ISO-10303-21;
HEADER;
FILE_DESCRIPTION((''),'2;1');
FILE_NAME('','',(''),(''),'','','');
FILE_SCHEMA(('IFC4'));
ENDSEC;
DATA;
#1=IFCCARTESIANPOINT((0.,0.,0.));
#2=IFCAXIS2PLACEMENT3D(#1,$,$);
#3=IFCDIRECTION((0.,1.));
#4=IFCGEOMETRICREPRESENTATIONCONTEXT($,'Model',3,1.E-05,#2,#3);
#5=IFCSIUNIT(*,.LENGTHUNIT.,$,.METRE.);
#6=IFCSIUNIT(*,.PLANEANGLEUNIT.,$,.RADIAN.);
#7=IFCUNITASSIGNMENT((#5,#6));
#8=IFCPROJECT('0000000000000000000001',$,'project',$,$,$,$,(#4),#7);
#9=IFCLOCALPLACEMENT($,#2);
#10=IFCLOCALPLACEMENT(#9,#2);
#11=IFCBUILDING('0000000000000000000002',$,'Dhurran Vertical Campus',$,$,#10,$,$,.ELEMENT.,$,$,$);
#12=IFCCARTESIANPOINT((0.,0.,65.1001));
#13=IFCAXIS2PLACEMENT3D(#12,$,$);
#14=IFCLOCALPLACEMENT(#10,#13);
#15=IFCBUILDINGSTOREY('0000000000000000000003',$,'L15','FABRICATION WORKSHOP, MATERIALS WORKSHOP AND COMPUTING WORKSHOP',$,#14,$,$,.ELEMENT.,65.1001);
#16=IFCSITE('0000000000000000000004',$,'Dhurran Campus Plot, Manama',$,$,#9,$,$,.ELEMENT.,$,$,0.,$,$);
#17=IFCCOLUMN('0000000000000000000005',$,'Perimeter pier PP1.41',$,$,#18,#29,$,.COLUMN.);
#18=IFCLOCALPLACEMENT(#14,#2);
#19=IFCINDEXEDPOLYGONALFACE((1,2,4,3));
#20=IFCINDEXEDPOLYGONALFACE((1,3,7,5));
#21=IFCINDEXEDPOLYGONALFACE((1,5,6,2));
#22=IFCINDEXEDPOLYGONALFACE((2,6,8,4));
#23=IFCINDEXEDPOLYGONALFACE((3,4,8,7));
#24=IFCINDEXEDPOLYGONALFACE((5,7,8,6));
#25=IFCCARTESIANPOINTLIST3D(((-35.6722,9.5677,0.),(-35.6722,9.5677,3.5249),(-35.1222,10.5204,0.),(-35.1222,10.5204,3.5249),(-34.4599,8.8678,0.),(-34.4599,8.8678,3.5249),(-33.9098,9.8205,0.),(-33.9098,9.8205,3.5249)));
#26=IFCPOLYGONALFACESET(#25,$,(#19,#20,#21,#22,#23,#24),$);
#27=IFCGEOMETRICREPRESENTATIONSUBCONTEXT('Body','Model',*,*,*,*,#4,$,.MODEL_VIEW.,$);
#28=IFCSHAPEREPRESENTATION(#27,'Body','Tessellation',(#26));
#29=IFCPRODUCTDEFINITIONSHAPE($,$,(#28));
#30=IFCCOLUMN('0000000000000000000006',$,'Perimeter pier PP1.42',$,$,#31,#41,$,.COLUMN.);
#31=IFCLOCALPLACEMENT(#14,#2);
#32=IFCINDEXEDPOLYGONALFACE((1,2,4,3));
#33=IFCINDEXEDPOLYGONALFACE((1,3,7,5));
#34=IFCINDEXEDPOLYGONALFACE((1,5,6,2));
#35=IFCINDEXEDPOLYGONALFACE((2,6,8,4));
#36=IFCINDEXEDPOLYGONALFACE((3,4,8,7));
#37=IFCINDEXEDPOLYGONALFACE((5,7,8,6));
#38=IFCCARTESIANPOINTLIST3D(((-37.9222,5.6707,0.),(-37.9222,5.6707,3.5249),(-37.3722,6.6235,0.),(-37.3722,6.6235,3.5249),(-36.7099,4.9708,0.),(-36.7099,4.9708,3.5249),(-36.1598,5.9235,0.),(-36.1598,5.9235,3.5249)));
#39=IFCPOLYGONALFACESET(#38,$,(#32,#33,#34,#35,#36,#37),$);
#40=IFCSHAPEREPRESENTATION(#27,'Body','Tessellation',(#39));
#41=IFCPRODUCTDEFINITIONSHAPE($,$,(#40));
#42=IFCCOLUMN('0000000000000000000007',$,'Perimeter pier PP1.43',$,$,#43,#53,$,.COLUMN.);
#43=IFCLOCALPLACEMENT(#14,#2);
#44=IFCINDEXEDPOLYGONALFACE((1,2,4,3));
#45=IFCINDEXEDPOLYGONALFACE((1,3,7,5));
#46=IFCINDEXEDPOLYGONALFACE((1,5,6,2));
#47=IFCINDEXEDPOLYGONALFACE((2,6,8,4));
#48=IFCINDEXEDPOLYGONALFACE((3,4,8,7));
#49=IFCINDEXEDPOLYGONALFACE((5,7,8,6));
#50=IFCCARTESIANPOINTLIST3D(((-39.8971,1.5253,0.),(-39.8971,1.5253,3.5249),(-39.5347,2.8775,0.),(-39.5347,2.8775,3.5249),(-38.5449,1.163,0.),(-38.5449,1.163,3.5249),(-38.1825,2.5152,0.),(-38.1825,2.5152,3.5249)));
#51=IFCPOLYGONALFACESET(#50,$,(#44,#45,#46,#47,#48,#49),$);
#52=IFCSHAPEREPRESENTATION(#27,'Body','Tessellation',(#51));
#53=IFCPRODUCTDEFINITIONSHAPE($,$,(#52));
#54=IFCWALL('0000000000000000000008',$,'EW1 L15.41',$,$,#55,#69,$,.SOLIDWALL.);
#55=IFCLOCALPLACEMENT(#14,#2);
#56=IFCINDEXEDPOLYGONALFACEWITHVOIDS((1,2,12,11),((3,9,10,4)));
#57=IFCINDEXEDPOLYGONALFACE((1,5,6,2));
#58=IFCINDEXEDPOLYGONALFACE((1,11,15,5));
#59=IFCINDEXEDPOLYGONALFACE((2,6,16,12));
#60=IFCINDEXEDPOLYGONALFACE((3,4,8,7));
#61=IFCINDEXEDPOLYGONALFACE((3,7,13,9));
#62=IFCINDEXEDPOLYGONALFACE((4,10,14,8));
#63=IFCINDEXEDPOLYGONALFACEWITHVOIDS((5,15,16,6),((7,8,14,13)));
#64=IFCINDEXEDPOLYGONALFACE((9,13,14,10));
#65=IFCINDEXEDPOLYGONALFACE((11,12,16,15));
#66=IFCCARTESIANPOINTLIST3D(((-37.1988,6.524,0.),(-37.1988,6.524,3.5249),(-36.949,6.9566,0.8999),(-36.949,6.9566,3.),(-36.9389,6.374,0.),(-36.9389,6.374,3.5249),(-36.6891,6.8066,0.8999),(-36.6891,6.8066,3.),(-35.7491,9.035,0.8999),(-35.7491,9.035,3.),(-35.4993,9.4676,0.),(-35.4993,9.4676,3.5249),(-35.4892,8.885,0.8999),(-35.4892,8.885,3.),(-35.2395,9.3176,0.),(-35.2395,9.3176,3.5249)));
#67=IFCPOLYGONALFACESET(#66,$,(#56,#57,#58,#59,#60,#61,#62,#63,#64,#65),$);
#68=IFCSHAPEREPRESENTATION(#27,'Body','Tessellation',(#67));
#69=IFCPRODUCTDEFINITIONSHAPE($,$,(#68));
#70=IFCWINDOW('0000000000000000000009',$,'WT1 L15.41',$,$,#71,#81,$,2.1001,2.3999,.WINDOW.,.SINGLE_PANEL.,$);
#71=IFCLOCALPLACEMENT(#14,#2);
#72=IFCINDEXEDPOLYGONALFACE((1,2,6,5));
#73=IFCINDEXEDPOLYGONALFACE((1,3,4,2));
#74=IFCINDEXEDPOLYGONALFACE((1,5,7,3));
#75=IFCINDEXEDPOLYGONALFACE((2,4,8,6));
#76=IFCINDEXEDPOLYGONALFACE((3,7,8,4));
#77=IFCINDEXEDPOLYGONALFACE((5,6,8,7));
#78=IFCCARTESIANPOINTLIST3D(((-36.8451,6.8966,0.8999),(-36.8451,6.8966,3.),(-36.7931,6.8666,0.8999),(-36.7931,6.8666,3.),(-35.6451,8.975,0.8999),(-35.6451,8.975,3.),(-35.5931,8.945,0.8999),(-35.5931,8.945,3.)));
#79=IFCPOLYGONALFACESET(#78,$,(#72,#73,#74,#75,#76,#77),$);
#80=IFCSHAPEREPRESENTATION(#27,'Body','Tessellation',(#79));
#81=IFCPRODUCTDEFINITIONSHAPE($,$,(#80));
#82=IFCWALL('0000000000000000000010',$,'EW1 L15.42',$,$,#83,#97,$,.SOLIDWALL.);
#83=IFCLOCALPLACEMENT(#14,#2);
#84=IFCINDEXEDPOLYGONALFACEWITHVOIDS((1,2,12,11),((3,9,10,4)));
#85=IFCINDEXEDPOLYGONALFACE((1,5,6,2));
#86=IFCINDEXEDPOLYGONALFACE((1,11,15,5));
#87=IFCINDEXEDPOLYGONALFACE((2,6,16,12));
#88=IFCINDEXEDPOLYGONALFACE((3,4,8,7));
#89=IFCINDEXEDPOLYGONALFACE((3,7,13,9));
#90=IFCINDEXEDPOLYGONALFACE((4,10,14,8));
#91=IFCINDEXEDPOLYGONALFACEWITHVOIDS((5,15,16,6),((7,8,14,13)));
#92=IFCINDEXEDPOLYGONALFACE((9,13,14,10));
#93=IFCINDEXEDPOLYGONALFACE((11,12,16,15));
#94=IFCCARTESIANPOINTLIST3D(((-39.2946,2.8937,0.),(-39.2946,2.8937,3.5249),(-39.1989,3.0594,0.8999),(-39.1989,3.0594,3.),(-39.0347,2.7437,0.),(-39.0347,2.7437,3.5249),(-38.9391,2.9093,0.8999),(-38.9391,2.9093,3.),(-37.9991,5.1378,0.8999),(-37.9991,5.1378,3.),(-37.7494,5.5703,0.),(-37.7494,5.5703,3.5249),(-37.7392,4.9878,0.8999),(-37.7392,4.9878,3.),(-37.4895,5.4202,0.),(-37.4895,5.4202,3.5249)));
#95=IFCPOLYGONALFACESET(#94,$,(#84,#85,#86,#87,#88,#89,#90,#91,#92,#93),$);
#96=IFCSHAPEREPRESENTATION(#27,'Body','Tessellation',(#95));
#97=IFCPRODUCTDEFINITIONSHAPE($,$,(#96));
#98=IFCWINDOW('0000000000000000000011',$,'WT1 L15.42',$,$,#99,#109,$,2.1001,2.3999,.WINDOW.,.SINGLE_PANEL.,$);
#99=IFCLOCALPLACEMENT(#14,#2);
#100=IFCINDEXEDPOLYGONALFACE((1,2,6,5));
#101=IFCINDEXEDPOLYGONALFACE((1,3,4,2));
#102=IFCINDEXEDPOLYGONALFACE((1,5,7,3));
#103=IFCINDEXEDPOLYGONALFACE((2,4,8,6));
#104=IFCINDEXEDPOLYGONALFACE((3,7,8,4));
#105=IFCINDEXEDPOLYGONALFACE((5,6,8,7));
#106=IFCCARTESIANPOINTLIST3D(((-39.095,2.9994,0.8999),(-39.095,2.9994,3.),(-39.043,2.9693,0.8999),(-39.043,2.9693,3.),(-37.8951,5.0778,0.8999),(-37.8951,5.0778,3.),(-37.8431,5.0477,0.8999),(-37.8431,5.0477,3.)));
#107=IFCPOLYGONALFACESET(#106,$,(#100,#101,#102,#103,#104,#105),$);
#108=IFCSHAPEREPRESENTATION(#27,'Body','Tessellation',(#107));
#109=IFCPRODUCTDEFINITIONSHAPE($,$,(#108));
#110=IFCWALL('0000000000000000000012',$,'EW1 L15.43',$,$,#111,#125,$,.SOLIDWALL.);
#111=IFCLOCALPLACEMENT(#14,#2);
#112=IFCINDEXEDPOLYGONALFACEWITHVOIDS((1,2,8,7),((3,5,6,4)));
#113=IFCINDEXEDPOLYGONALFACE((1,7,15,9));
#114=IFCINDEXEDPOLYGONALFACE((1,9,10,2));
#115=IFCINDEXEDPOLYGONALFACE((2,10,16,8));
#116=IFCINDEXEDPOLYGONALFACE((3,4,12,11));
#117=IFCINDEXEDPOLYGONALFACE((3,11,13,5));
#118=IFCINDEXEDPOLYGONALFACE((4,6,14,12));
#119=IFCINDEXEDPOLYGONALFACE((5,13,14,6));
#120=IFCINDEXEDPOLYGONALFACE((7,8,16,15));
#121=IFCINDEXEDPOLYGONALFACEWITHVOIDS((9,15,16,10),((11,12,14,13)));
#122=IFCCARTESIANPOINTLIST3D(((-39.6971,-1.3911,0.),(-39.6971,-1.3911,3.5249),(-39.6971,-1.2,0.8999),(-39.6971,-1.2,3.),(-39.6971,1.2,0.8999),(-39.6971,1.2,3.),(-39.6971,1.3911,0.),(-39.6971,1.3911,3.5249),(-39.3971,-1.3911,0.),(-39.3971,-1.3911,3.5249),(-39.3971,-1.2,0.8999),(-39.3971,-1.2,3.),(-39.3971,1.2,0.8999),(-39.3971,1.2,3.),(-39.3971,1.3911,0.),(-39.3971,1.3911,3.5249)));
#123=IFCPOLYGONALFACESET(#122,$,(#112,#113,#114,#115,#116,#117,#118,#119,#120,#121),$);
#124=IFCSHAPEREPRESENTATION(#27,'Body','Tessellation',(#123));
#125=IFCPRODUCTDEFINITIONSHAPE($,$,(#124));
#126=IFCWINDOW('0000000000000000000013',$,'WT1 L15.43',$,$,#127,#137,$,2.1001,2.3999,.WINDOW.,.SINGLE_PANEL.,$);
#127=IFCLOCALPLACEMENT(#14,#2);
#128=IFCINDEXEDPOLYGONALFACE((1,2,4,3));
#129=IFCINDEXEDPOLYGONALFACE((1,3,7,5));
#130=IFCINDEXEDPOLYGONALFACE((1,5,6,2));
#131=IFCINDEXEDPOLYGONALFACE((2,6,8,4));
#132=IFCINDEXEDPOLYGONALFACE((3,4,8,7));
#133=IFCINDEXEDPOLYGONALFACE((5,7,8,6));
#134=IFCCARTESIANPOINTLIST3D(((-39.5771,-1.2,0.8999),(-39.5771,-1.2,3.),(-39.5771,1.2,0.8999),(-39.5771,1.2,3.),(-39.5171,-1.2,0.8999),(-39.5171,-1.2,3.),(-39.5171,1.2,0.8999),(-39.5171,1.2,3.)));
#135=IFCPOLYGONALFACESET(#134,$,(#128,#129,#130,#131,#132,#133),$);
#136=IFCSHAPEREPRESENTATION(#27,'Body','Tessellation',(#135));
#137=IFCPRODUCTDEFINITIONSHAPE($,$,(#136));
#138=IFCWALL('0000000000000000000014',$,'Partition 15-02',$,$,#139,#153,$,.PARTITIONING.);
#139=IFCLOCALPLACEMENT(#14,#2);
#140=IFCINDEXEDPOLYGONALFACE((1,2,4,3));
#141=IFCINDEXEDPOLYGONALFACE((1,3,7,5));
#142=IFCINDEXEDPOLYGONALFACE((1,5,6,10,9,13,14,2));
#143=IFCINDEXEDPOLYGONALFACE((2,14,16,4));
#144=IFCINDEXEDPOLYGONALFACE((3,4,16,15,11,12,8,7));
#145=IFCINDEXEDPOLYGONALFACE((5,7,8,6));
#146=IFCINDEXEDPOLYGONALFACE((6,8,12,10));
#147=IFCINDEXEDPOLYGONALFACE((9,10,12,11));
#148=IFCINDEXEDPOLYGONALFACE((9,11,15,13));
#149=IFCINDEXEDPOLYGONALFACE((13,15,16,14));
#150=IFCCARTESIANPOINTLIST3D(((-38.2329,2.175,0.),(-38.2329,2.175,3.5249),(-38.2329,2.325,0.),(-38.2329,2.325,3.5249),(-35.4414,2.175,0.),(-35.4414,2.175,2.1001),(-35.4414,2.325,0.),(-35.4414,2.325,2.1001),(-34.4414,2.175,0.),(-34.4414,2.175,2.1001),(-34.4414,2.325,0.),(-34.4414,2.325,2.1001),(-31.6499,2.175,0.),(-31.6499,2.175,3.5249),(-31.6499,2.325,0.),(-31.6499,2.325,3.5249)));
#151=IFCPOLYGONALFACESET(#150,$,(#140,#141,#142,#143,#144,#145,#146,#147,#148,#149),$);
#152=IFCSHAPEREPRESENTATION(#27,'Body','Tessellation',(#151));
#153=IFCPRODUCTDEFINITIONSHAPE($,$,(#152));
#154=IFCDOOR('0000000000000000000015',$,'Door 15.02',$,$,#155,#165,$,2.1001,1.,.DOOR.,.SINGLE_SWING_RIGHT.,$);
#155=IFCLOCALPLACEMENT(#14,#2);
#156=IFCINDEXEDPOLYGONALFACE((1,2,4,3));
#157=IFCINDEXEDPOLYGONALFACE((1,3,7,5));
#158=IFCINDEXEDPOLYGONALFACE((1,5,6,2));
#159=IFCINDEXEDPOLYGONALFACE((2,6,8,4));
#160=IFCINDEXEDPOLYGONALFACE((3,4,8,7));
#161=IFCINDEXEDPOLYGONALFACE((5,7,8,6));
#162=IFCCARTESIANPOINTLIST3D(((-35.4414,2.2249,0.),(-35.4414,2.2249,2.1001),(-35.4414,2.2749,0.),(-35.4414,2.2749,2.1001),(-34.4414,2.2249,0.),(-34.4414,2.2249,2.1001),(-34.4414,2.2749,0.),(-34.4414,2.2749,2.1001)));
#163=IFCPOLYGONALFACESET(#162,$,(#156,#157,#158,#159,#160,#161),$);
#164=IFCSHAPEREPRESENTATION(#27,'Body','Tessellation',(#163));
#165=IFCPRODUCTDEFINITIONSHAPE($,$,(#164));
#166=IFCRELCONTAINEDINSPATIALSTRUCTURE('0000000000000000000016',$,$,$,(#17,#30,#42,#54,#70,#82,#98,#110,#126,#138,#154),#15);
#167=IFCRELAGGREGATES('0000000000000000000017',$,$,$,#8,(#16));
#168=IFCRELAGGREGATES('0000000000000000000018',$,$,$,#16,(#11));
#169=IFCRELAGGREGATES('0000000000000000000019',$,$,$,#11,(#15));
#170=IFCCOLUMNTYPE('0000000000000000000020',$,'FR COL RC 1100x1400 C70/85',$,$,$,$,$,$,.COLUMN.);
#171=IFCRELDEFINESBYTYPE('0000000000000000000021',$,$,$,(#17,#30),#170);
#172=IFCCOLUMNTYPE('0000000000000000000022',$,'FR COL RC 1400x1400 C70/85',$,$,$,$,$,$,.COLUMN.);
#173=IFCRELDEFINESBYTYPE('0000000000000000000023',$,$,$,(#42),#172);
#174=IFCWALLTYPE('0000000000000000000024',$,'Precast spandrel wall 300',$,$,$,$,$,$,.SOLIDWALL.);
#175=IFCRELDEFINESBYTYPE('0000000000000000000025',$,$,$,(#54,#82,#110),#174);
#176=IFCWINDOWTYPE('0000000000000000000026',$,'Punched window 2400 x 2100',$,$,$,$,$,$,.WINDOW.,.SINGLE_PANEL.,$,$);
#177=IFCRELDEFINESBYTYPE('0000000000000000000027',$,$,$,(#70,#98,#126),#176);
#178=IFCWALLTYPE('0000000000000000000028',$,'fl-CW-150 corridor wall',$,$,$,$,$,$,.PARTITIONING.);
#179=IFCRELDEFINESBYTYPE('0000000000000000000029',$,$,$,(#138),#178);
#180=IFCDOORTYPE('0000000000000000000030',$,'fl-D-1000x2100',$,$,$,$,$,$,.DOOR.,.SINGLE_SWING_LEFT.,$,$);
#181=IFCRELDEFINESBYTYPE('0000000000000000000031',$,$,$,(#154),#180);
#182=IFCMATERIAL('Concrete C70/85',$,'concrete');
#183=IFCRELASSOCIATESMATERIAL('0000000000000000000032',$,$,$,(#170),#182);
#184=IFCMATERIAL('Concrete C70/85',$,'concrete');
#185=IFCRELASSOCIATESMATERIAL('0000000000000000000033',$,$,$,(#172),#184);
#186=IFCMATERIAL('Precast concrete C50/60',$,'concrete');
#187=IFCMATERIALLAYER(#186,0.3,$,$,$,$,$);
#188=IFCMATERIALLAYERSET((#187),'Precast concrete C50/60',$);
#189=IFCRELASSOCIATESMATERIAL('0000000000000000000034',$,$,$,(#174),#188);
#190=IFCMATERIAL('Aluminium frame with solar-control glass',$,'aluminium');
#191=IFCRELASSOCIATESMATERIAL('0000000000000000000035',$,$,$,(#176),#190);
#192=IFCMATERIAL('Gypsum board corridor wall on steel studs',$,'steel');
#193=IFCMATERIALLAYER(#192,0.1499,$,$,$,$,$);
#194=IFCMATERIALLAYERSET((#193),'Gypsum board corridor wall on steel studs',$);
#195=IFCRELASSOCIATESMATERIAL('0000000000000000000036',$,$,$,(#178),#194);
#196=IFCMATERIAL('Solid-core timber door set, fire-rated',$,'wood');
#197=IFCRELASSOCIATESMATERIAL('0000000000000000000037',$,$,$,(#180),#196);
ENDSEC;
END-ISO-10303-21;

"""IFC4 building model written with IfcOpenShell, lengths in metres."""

from ifc_helpers import new_model, si_unit, direction, frame, frame_2d, origin, origin_2d, place, context, subcontext, project, spatial, rectangle, extrude, material, layer, layer_set, material_profile, profile_set, type_object, element, fill, save


model = new_model("IFC4")

# Units and contexts
model_context = context("Model", 3, precision=1e-05, world=origin(), true_north=direction((0.0, 1.0)))
body_context = subcontext(model_context, "Body", "Model", "MODEL_VIEW")
ifc_project = project(units=[si_unit("LENGTHUNIT", "METRE"), si_unit("PLANEANGLEUNIT", "RADIAN")], contexts=[model_context])

# Site, building, storey
site_placement = place(None, origin())
site = spatial("IfcSite", under=ifc_project, at=site_placement, Name="Dhurran Campus Plot, Manama", CompositionType="ELEMENT", RefElevation=0.0)
building_placement = place(site_placement, origin())
building = spatial("IfcBuilding", under=site, at=building_placement, Name="Dhurran Vertical Campus", CompositionType="ELEMENT")
storey_placement = place(building_placement, frame((0.0, 0.0, 65.1001)))
storey = spatial("IfcBuildingStorey", under=building, at=storey_placement, Name="L15", Description="FABRICATION WORKSHOP, MATERIALS WORKSHOP AND COMPUTING WORKSHOP", CompositionType="ELEMENT", Elevation=65.1001)

# Columns
ifc_material_1 = material(Name="Concrete C70/85", Category="concrete")
ifc_material_profile_1 = material_profile(ifc_material_1, rectangle(XDim=1.1001, YDim=1.3999, at=origin_2d()), Name="RC 1100x1400")
ifc_profile_set_1 = profile_set([ifc_material_profile_1], Name="Concrete C70/85")
column_type_1 = type_object("IfcColumnType", Name="FR COL RC 1100x1400 C70/85", PredefinedType="COLUMN", material=ifc_profile_set_1)
for number, where, z_axis, x_axis, name in (
    (1, (-34.791, 9.6941, 0.0), (0.0, 0.0, 1.0), (-0.5, -0.866025, 0.0), "Perimeter pier PP1.41"),
    (2, (-37.041, 5.7971, 0.0), (0.0, 0.0, 1.0), (-0.5, -0.866025, 0.0), "Perimeter pier PP1.42"),
):
    element("IfcColumn", number, at=place(storey_placement, frame(where, z_axis=z_axis, x_axis=x_axis)), inside=storey, type_object=column_type_1, Name=name, PredefinedType="COLUMN", context=body_context, shape_type="SweptSolid", body=[
        extrude(rectangle(XDim=1.1001, YDim=1.3999, at=origin_2d()), origin(), (0.0, 0.0, 1.0), 3.5249),
    ])
ifc_material_2 = material(Name="Concrete C70/85", Category="concrete")
ifc_material_profile_2 = material_profile(ifc_material_2, rectangle(XDim=1.3999, YDim=1.3999, at=origin_2d()), Name="RC 1400x1400")
ifc_profile_set_2 = profile_set([ifc_material_profile_2], Name="Concrete C70/85")
column_type_2 = type_object("IfcColumnType", Name="FR COL RC 1400x1400 C70/85", PredefinedType="COLUMN", material=ifc_profile_set_2)
column_placement = place(storey_placement, frame((-39.0398, 2.0203, 0.0), z_axis=(0.0, 0.0, 1.0), x_axis=(-0.258819, -0.965926, 0.0)))
element("IfcColumn", 3, at=column_placement, inside=storey, type_object=column_type_2, Name="Perimeter pier PP1.43", PredefinedType="COLUMN", context=body_context, shape_type="SweptSolid", body=[
    extrude(rectangle(XDim=1.3999, YDim=1.3999, at=origin_2d()), origin(), (0.0, 0.0, 1.0), 3.5249),
])

# Walls, openings, windows
ifc_material_3 = material(Name="Precast concrete C50/60", Category="concrete")
ifc_layer_1 = layer(ifc_material_3, 0.3)
ifc_layer_set_1 = layer_set([ifc_layer_1], Name="Precast concrete C50/60")
wall_type_1 = type_object("IfcWallType", Name="Precast spandrel wall 300", PredefinedType="SOLIDWALL", material=ifc_layer_set_1)
wall_1_placement = place(storey_placement, frame((-35.3694, 9.3926, 0.0), z_axis=(0.0, 0.0, 1.0), x_axis=(-0.499994, -0.866029, 0.0)))
wall_1 = element("IfcWall", 4, at=wall_1_placement, inside=storey, type_object=wall_type_1, Name="EW1 L15.41", PredefinedType="SOLIDWALL", context=body_context, shape_type="SweptSolid", body=[
    extrude(rectangle(XDim=3.3989, YDim=0.3, at=frame_2d((1.6995, 0.0))), origin(), (0.0, 0.0, 1.0), 3.5249),
])
opening_1_placement = place(wall_1_placement, frame((0.4995, 0.0, 0.8999)))
opening_1 = element("IfcOpeningElement", 5, at=opening_1_placement, cuts=wall_1, PredefinedType="OPENING", context=body_context, shape_type="SweptSolid", body=[
    extrude(rectangle(XDim=2.3999, YDim=2.1001, at=frame_2d((1.2, 1.05))), frame((0.0, 0.1599, 0.0), z_axis=(0.0, -1.0, 0.0), x_axis=(1.0, 0.0, 0.0)), (0.0, 0.0, 1.0), 0.3201),
])
ifc_material_4 = material(Name="Aluminium frame with solar-control glass", Category="aluminium")
window_type = type_object("IfcWindowType", Name="Punched window 2400 x 2100", PartitioningType="SINGLE_PANEL", PredefinedType="WINDOW", material=ifc_material_4)
window_1_placement = place(opening_1_placement, origin())
window_1 = element("IfcWindow", 6, at=window_1_placement, inside=storey, type_object=window_type, Name="WT1 L15.41", OverallHeight=2.1001, OverallWidth=2.3999, PartitioningType="SINGLE_PANEL", PredefinedType="WINDOW", context=body_context, shape_type="SweptSolid", body=[
    extrude(rectangle(XDim=2.3999, YDim=2.1001, at=frame_2d((1.2, 1.05))), frame((0.0, 0.03, 0.0), z_axis=(0.0, -1.0, 0.0), x_axis=(1.0, 0.0, 0.0)), (0.0, 0.0, 1.0), 0.0601),
])
fill(opening_1, window_1)
wall_2_placement = place(storey_placement, frame((-37.6194, 5.4954, 0.0), z_axis=(0.0, 0.0, 1.0), x_axis=(-0.499971, -0.866042, 0.0)))
wall_2 = element("IfcWall", 7, at=wall_2_placement, inside=storey, type_object=wall_type_1, Name="EW1 L15.42", PredefinedType="SOLIDWALL", context=body_context, shape_type="SweptSolid", body=[
    extrude(rectangle(XDim=3.0906, YDim=0.3, at=frame_2d((1.5454, 0.0))), origin(), (0.0, 0.0, 1.0), 3.5249),
])
opening_2_placement = place(wall_2_placement, frame((0.4995, 0.0, 0.8999)))
opening_2 = element("IfcOpeningElement", 8, at=opening_2_placement, cuts=wall_2, PredefinedType="OPENING", context=body_context, shape_type="SweptSolid", body=[
    extrude(rectangle(XDim=2.3999, YDim=2.1001, at=frame_2d((1.2, 1.05))), frame((0.0, 0.1599, 0.0), z_axis=(0.0, -1.0, 0.0), x_axis=(1.0, 0.0, 0.0)), (0.0, 0.0, 1.0), 0.3201),
])
window_2_placement = place(opening_2_placement, origin())
window_2 = element("IfcWindow", 9, at=window_2_placement, inside=storey, type_object=window_type, Name="WT1 L15.42", OverallHeight=2.1001, OverallWidth=2.3999, PartitioningType="SINGLE_PANEL", PredefinedType="WINDOW", context=body_context, shape_type="SweptSolid", body=[
    extrude(rectangle(XDim=2.3999, YDim=2.1001, at=frame_2d((1.2, 1.05))), frame((0.0, 0.03, 0.0), z_axis=(0.0, -1.0, 0.0), x_axis=(1.0, 0.0, 0.0)), (0.0, 0.0, 1.0), 0.0601),
])
fill(opening_2, window_2)
wall_3_placement = place(storey_placement, frame((-39.5471, 1.3911, 0.0), z_axis=(0.0, 0.0, 1.0), x_axis=(0.0, -1.0, 0.0)))
wall_3 = element("IfcWall", 10, at=wall_3_placement, inside=storey, type_object=wall_type_1, Name="EW1 L15.43", PredefinedType="SOLIDWALL", context=body_context, shape_type="SweptSolid", body=[
    extrude(rectangle(XDim=2.7822, YDim=0.3, at=frame_2d((1.3911, 0.0))), origin(), (0.0, 0.0, 1.0), 3.5249),
])
opening_3_placement = place(wall_3_placement, frame((0.1912, 0.0, 0.8999)))
opening_3 = element("IfcOpeningElement", 11, at=opening_3_placement, cuts=wall_3, PredefinedType="OPENING", context=body_context, shape_type="SweptSolid", body=[
    extrude(rectangle(XDim=2.3999, YDim=2.1001, at=frame_2d((1.2, 1.05))), frame((0.0, 0.1599, 0.0), z_axis=(0.0, -1.0, 0.0), x_axis=(1.0, 0.0, 0.0)), (0.0, 0.0, 1.0), 0.3201),
])
window_3_placement = place(opening_3_placement, origin())
window_3 = element("IfcWindow", 12, at=window_3_placement, inside=storey, type_object=window_type, Name="WT1 L15.43", OverallHeight=2.1001, OverallWidth=2.3999, PartitioningType="SINGLE_PANEL", PredefinedType="WINDOW", context=body_context, shape_type="SweptSolid", body=[
    extrude(rectangle(XDim=2.3999, YDim=2.1001, at=frame_2d((1.2, 1.05))), frame((0.0, 0.03, 0.0), z_axis=(0.0, -1.0, 0.0), x_axis=(1.0, 0.0, 0.0)), (0.0, 0.0, 1.0), 0.0601),
])
fill(opening_3, window_3)

# Wall, opening, door
ifc_material_5 = material(Name="Gypsum board corridor wall on steel studs", Category="steel")
ifc_layer_2 = layer(ifc_material_5, 0.1499)
ifc_layer_set_2 = layer_set([ifc_layer_2], Name="Gypsum board corridor wall on steel studs")
wall_type_2 = type_object("IfcWallType", Name="fl-CW-150 corridor wall", PredefinedType="PARTITIONING", material=ifc_layer_set_2)
wall_4_placement = place(storey_placement, frame((-38.2329, 2.25, 0.0), z_axis=(0.0, 0.0, 1.0), x_axis=(1.0, 0.0, 0.0)))
wall_4 = element("IfcWall", 13, at=wall_4_placement, inside=storey, type_object=wall_type_2, Name="Partition 15-02", PredefinedType="PARTITIONING", context=body_context, shape_type="SweptSolid", body=[
    extrude(rectangle(XDim=6.583, YDim=0.1499, at=frame_2d((3.2915, 0.0))), origin(), (0.0, 0.0, 1.0), 3.5249),
])
opening_4_placement = place(wall_4_placement, frame((2.7915, 0.0, 0.0)))
opening_4 = element("IfcOpeningElement", 14, at=opening_4_placement, cuts=wall_4, PredefinedType="OPENING", context=body_context, shape_type="SweptSolid", body=[
    extrude(rectangle(XDim=1.0, YDim=2.1001, at=frame_2d((0.5, 1.05))), frame((0.0, 0.085, 0.0), z_axis=(0.0, -1.0, 0.0), x_axis=(1.0, 0.0, 0.0)), (0.0, 0.0, 1.0), 0.1699),
])
ifc_material_6 = material(Name="Solid-core timber door set, fire-rated", Category="wood")
door_type = type_object("IfcDoorType", Name="fl-D-1000x2100", OperationType="SINGLE_SWING_LEFT", PredefinedType="DOOR", material=ifc_material_6)
door_1_placement = place(opening_4_placement, origin())
door_1 = element("IfcDoor", 15, at=door_1_placement, inside=storey, type_object=door_type, Name="Door 15.02", OperationType="SINGLE_SWING_RIGHT", OverallHeight=2.1001, OverallWidth=1.0, PredefinedType="DOOR", context=body_context, shape_type="SweptSolid", body=[
    extrude(rectangle(XDim=1.0, YDim=2.1001, at=frame_2d((0.5, 1.05))), frame((0.0, 0.0249, 0.0), z_axis=(0.0, -1.0, 0.0), x_axis=(1.0, 0.0, 0.0)), (0.0, 0.0, 1.0), 0.05),
])
fill(opening_4, door_1)

save(model, "model.ifc")
